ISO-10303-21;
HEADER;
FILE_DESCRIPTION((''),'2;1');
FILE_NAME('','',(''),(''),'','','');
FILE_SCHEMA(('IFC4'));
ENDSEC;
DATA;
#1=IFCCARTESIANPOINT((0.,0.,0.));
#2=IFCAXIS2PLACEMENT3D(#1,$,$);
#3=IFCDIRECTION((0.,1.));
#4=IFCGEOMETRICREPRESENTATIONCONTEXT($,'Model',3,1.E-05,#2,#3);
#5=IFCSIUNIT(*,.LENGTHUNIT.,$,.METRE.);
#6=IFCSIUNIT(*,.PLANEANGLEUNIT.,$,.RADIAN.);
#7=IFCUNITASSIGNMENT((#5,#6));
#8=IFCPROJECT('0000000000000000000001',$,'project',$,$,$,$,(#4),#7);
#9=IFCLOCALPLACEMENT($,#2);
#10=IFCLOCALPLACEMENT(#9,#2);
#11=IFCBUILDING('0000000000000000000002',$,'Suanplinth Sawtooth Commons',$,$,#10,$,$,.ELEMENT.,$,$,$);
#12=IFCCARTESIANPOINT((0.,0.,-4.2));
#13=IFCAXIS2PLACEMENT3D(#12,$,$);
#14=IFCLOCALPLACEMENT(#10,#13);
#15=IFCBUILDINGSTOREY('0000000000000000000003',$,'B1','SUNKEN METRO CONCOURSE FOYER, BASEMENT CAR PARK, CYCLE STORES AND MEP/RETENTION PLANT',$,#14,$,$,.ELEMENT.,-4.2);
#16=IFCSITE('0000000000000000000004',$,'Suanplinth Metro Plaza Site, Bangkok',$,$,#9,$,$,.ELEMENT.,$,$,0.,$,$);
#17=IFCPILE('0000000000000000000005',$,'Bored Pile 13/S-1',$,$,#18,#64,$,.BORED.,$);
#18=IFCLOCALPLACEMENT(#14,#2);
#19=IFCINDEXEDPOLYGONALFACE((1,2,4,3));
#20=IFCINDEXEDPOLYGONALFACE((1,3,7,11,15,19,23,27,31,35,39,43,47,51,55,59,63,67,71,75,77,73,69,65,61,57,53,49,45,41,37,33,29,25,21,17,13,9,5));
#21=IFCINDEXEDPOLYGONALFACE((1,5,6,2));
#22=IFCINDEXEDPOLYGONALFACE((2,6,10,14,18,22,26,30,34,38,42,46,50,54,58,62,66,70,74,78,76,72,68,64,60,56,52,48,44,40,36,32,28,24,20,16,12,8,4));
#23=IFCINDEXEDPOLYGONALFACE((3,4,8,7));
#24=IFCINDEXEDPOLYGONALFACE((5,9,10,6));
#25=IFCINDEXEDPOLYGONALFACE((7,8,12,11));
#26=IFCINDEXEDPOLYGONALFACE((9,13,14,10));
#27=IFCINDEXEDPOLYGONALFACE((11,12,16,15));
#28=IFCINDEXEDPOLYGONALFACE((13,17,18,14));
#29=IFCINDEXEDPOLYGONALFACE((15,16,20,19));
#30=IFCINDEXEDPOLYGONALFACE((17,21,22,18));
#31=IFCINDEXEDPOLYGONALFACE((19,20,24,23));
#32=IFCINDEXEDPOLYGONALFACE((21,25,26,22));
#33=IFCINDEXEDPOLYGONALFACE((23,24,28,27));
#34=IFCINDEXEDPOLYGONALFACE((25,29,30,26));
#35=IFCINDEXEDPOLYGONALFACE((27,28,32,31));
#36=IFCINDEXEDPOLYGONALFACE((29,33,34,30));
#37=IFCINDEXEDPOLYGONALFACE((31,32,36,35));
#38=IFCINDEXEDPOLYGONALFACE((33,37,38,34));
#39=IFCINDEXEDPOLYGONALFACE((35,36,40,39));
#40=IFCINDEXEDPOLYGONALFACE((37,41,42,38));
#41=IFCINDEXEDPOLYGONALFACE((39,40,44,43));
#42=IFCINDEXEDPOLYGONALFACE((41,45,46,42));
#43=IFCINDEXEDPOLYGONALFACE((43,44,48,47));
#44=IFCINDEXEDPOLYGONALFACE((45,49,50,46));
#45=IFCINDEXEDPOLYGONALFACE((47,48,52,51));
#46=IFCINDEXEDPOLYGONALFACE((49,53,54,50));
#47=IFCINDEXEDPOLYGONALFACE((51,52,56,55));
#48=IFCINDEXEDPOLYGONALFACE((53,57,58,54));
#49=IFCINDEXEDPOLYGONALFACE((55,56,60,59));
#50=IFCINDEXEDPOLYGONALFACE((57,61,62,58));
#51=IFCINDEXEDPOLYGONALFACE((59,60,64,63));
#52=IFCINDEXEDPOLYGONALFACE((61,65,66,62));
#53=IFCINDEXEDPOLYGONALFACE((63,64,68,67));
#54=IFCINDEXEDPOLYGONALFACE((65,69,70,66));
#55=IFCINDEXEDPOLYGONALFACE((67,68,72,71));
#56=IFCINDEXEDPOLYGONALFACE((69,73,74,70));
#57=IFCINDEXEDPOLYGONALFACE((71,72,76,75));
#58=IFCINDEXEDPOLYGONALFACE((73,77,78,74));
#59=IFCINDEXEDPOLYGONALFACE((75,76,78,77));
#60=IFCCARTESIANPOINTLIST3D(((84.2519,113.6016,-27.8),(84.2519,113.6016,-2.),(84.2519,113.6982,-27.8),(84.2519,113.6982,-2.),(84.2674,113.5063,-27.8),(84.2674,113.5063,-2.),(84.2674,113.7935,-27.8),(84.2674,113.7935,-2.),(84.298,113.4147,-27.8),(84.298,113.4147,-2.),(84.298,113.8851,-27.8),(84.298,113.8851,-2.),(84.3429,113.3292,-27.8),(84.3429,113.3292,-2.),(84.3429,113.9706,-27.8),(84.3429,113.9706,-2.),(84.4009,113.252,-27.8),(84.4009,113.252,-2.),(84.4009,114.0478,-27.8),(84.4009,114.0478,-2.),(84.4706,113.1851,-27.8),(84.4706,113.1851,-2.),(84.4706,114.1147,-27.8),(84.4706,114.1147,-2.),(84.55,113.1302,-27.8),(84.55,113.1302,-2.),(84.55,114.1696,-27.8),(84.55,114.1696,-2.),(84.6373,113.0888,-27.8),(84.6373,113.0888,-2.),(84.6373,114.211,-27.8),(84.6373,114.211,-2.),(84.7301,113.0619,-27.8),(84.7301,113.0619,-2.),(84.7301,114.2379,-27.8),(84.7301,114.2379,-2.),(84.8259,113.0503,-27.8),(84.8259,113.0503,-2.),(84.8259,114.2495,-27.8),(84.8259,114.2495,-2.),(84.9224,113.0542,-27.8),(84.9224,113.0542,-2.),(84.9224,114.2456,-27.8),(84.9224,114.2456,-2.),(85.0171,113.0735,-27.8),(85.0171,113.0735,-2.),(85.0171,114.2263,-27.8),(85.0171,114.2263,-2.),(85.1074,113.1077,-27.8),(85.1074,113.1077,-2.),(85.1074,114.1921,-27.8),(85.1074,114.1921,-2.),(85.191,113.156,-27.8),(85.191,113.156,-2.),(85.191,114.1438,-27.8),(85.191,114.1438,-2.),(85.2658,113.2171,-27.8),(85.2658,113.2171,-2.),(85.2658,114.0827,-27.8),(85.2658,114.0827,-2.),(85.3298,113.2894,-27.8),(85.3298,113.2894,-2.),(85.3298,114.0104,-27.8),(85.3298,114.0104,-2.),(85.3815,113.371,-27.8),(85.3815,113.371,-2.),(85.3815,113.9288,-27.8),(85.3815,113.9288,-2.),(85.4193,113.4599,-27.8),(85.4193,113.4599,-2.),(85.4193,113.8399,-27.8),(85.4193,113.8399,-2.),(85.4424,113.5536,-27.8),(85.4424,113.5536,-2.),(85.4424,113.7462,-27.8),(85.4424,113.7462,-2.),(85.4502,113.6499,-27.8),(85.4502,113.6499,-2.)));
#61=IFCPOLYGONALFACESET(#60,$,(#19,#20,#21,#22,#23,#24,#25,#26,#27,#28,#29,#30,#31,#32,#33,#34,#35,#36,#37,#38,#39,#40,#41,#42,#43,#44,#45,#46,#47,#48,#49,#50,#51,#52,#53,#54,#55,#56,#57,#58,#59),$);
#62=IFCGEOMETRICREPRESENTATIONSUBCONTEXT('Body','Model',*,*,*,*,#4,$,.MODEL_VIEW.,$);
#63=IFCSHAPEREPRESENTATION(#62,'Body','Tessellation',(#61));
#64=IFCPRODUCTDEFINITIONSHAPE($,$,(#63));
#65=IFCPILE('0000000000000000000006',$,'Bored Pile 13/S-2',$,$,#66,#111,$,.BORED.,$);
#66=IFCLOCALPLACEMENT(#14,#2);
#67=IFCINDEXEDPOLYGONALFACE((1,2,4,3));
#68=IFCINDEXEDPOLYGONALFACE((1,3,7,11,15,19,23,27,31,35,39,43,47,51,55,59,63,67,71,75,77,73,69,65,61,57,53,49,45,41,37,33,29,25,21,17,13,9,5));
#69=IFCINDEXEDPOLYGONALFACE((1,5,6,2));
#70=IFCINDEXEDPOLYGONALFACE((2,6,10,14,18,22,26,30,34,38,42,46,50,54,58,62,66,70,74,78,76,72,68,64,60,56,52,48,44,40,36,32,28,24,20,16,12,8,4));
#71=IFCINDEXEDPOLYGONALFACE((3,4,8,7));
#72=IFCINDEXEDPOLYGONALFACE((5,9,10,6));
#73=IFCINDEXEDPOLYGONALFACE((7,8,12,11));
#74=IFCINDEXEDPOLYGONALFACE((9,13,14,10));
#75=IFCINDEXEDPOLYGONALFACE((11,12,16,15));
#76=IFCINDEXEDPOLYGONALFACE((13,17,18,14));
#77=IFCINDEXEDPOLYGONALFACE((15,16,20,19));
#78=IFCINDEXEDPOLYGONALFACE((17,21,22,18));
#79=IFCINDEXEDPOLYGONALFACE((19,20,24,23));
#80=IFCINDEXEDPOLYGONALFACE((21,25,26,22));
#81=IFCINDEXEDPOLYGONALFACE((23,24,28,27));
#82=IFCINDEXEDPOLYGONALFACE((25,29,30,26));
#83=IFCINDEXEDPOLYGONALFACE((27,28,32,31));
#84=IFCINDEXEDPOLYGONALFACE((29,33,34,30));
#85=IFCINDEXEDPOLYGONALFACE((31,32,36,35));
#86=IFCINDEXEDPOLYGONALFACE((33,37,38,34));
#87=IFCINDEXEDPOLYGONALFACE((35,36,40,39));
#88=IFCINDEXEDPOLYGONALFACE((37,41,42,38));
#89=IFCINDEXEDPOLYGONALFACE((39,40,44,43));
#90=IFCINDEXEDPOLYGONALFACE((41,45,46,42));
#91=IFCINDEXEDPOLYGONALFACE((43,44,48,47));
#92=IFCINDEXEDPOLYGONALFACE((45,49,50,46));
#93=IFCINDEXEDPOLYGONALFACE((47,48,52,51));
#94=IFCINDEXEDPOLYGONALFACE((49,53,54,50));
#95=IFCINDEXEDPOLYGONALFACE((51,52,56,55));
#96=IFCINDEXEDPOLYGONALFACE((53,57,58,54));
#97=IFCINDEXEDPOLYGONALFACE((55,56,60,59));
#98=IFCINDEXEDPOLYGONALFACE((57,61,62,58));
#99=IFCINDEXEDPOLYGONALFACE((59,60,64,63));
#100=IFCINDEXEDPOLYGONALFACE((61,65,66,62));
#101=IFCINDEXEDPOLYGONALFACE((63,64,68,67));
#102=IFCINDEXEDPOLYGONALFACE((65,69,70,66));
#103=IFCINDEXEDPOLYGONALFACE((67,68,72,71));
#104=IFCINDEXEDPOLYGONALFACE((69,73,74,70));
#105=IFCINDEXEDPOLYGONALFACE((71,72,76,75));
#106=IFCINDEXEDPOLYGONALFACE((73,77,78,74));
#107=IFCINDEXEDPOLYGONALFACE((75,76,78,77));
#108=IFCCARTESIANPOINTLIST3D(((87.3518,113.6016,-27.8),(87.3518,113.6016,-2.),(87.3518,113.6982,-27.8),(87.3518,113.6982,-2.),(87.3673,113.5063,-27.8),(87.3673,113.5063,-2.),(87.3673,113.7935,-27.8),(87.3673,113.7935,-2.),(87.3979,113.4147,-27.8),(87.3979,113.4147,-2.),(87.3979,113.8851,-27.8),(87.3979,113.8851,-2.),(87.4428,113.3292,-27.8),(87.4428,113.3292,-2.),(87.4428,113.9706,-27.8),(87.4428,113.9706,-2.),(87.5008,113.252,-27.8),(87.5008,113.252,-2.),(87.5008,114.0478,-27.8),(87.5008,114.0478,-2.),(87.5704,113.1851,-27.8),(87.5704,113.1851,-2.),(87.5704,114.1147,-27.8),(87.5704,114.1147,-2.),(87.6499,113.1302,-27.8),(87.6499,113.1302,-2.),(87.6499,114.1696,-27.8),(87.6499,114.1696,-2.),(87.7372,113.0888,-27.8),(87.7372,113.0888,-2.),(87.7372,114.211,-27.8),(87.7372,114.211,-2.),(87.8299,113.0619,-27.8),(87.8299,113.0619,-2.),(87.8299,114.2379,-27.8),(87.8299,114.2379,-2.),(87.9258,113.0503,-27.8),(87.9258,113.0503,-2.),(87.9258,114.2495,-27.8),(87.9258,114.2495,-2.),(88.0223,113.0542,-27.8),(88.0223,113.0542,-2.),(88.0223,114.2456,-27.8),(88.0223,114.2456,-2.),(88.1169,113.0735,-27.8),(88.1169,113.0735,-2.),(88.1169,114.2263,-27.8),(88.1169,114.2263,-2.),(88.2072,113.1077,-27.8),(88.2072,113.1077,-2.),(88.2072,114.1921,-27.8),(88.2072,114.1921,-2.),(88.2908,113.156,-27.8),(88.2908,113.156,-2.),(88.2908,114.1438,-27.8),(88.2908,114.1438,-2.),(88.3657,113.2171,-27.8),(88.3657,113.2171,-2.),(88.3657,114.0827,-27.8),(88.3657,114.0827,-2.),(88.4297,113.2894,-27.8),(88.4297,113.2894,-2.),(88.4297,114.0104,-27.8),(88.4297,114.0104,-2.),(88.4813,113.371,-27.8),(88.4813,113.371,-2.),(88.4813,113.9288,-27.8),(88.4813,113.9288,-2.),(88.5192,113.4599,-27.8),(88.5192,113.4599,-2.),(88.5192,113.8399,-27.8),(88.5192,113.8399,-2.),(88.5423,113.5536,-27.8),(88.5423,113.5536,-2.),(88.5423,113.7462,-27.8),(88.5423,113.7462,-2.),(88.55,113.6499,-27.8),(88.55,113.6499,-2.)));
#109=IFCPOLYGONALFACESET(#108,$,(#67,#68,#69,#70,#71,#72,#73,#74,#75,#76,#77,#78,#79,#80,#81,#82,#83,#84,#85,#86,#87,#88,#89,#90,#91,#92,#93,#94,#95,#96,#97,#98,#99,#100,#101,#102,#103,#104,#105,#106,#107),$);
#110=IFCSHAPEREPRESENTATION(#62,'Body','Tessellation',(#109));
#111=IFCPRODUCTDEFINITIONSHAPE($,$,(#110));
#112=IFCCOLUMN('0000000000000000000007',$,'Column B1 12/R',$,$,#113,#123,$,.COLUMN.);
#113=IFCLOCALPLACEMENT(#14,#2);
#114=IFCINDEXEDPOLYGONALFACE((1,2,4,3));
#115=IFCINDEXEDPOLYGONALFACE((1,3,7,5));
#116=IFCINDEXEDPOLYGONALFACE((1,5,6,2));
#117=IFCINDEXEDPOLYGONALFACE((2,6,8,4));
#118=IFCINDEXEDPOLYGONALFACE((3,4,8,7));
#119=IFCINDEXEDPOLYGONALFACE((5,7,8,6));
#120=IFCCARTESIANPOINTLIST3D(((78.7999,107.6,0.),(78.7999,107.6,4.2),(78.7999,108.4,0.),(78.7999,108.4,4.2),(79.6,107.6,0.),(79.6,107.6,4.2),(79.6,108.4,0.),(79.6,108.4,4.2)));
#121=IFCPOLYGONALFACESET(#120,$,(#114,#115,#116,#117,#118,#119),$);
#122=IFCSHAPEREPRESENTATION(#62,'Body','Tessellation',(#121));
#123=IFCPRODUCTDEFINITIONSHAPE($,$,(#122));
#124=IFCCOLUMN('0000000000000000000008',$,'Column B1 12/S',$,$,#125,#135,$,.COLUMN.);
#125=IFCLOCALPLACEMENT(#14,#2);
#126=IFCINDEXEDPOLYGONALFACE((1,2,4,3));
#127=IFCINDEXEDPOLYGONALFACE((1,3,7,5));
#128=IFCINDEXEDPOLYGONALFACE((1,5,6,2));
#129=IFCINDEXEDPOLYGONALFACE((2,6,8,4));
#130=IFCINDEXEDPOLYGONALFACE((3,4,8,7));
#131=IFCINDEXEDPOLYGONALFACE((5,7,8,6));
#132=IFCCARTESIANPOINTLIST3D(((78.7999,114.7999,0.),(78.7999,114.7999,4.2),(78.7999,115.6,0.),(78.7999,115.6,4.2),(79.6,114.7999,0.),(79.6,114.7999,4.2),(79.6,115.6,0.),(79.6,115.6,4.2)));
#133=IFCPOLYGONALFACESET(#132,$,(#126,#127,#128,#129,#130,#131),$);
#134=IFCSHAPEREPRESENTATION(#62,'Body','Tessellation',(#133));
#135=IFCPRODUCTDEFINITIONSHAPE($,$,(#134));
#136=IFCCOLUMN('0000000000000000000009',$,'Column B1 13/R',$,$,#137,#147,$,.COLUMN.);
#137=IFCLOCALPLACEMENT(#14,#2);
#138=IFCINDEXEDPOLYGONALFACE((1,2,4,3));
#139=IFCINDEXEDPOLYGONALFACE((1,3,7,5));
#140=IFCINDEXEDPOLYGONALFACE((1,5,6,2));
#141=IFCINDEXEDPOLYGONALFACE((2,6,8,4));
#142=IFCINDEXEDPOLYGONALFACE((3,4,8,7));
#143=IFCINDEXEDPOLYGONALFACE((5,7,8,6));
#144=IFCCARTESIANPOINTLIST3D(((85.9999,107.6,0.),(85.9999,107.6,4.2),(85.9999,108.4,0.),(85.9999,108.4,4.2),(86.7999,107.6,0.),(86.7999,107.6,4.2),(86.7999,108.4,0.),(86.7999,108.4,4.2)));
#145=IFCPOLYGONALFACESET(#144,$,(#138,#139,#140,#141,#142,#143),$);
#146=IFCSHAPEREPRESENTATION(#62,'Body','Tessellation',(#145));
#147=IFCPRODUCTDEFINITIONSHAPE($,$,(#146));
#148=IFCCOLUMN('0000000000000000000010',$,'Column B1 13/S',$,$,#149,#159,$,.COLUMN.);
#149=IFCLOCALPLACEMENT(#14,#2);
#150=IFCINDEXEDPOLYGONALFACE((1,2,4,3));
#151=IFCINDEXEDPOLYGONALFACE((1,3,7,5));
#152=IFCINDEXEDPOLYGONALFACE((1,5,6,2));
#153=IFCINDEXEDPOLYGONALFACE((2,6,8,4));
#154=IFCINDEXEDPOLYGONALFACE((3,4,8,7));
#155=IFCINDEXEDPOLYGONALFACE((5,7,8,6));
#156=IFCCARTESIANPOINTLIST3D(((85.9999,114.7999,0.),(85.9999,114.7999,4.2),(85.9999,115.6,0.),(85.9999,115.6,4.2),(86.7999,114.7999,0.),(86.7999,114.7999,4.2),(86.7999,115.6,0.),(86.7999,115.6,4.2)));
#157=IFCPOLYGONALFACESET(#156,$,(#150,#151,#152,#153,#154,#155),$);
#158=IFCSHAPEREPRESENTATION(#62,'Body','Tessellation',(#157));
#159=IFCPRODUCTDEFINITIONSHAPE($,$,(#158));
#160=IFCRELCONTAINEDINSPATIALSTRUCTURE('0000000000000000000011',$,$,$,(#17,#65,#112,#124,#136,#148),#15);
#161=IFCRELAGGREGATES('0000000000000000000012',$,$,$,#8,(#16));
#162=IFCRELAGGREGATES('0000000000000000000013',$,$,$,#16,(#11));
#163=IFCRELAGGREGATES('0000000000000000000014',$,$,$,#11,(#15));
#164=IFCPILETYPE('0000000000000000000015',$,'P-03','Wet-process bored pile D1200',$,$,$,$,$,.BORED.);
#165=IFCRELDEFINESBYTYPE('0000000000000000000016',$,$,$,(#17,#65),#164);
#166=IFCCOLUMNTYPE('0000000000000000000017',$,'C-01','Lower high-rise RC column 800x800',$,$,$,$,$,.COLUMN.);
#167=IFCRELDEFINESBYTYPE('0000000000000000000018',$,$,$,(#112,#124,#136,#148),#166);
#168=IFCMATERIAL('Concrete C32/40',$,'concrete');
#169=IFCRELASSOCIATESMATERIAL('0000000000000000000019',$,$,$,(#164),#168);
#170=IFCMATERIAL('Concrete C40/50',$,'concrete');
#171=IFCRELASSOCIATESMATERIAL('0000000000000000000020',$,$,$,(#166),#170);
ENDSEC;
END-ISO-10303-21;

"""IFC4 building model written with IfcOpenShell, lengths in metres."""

from ifc_helpers import new_model, si_unit, direction, frame, origin, origin_2d, place, context, subcontext, project, spatial, rectangle, circle, extrude, material, material_profile, profile_set, type_object, element, save


model = new_model("IFC4")

# Units and contexts
model_context = context("Model", 3, precision=1e-05, world=origin(), true_north=direction((0.0, 1.0)))
body_context = subcontext(model_context, "Body", "Model", "MODEL_VIEW")
ifc_project = project(units=[si_unit("LENGTHUNIT", "METRE"), si_unit("PLANEANGLEUNIT", "RADIAN")], contexts=[model_context])

# Site, building, storey
site_placement = place(None, origin())
site = spatial("IfcSite", under=ifc_project, at=site_placement, Name="Suanplinth Metro Plaza Site, Bangkok", CompositionType="ELEMENT", RefElevation=0.0)
building_placement = place(site_placement, origin())
building = spatial("IfcBuilding", under=site, at=building_placement, Name="Suanplinth Sawtooth Commons", CompositionType="ELEMENT")
storey_placement = place(building_placement, frame((0.0, 0.0, -4.2)))
storey = spatial("IfcBuildingStorey", under=building, at=storey_placement, Name="B1", Description="SUNKEN METRO CONCOURSE FOYER, BASEMENT CAR PARK, CYCLE STORES AND MEP/RETENTION PLANT", CompositionType="ELEMENT", Elevation=-4.2)

# Piles
ifc_material_1 = material(Name="Concrete C32/40", Category="concrete")
ifc_material_profile_1 = material_profile(ifc_material_1, circle(Radius=0.6001, at=origin_2d()), Name="PILE D1200")
ifc_profile_set_1 = profile_set([ifc_material_profile_1], Name="Concrete C32/40")
pile_type = type_object("IfcPileType", Name="P-03", Description="Wet-process bored pile D1200", PredefinedType="BORED", material=ifc_profile_set_1)
for number, where, z_axis, x_axis, name in (
    (1, (84.8501, 113.6499, -2.0), (0.0, 0.0, -1.0), (1.0, 0.0, 0.0), "Bored Pile 13/S-1"),
    (2, (87.95, 113.6499, -2.0), (0.0, 0.0, -1.0), (1.0, 0.0, 0.0), "Bored Pile 13/S-2"),
):
    element("IfcPile", number, at=place(storey_placement, frame(where, z_axis=z_axis, x_axis=x_axis)), inside=storey, type_object=pile_type, Name=name, PredefinedType="BORED", context=body_context, shape_type="SweptSolid", body=[
        extrude(circle(Radius=0.6001, at=origin_2d()), origin(), (0.0, 0.0, 1.0), 25.8),
    ])

# Columns
ifc_material_2 = material(Name="Concrete C40/50", Category="concrete")
ifc_material_profile_2 = material_profile(ifc_material_2, rectangle(XDim=0.8, YDim=0.8, at=origin_2d()), Name="RC-COL 800x800")
ifc_profile_set_2 = profile_set([ifc_material_profile_2], Name="Concrete C40/50")
column_type = type_object("IfcColumnType", Name="C-01", Description="Lower high-rise RC column 800x800", PredefinedType="COLUMN", material=ifc_profile_set_2)
for number, where, z_axis, x_axis, name in (
    (3, (79.2, 108.0, 0.0), (0.0, 0.0, 1.0), (1.0, 0.0, 0.0), "Column B1 12/R"),
    (4, (79.2, 115.2, 0.0), (0.0, 0.0, 1.0), (1.0, 0.0, 0.0), "Column B1 12/S"),
    (5, (86.3999, 108.0, 0.0), (0.0, 0.0, 1.0), (1.0, 0.0, 0.0), "Column B1 13/R"),
    (6, (86.3999, 115.2, 0.0), (0.0, 0.0, 1.0), (1.0, 0.0, 0.0), "Column B1 13/S"),
):
    element("IfcColumn", number, at=place(storey_placement, frame(where, z_axis=z_axis, x_axis=x_axis)), inside=storey, type_object=column_type, Name=name, PredefinedType="COLUMN", context=body_context, shape_type="SweptSolid", body=[
        extrude(rectangle(XDim=0.8, YDim=0.8, at=origin_2d()), origin(), (0.0, 0.0, 1.0), 4.2),
    ])

save(model, "model.ifc")
